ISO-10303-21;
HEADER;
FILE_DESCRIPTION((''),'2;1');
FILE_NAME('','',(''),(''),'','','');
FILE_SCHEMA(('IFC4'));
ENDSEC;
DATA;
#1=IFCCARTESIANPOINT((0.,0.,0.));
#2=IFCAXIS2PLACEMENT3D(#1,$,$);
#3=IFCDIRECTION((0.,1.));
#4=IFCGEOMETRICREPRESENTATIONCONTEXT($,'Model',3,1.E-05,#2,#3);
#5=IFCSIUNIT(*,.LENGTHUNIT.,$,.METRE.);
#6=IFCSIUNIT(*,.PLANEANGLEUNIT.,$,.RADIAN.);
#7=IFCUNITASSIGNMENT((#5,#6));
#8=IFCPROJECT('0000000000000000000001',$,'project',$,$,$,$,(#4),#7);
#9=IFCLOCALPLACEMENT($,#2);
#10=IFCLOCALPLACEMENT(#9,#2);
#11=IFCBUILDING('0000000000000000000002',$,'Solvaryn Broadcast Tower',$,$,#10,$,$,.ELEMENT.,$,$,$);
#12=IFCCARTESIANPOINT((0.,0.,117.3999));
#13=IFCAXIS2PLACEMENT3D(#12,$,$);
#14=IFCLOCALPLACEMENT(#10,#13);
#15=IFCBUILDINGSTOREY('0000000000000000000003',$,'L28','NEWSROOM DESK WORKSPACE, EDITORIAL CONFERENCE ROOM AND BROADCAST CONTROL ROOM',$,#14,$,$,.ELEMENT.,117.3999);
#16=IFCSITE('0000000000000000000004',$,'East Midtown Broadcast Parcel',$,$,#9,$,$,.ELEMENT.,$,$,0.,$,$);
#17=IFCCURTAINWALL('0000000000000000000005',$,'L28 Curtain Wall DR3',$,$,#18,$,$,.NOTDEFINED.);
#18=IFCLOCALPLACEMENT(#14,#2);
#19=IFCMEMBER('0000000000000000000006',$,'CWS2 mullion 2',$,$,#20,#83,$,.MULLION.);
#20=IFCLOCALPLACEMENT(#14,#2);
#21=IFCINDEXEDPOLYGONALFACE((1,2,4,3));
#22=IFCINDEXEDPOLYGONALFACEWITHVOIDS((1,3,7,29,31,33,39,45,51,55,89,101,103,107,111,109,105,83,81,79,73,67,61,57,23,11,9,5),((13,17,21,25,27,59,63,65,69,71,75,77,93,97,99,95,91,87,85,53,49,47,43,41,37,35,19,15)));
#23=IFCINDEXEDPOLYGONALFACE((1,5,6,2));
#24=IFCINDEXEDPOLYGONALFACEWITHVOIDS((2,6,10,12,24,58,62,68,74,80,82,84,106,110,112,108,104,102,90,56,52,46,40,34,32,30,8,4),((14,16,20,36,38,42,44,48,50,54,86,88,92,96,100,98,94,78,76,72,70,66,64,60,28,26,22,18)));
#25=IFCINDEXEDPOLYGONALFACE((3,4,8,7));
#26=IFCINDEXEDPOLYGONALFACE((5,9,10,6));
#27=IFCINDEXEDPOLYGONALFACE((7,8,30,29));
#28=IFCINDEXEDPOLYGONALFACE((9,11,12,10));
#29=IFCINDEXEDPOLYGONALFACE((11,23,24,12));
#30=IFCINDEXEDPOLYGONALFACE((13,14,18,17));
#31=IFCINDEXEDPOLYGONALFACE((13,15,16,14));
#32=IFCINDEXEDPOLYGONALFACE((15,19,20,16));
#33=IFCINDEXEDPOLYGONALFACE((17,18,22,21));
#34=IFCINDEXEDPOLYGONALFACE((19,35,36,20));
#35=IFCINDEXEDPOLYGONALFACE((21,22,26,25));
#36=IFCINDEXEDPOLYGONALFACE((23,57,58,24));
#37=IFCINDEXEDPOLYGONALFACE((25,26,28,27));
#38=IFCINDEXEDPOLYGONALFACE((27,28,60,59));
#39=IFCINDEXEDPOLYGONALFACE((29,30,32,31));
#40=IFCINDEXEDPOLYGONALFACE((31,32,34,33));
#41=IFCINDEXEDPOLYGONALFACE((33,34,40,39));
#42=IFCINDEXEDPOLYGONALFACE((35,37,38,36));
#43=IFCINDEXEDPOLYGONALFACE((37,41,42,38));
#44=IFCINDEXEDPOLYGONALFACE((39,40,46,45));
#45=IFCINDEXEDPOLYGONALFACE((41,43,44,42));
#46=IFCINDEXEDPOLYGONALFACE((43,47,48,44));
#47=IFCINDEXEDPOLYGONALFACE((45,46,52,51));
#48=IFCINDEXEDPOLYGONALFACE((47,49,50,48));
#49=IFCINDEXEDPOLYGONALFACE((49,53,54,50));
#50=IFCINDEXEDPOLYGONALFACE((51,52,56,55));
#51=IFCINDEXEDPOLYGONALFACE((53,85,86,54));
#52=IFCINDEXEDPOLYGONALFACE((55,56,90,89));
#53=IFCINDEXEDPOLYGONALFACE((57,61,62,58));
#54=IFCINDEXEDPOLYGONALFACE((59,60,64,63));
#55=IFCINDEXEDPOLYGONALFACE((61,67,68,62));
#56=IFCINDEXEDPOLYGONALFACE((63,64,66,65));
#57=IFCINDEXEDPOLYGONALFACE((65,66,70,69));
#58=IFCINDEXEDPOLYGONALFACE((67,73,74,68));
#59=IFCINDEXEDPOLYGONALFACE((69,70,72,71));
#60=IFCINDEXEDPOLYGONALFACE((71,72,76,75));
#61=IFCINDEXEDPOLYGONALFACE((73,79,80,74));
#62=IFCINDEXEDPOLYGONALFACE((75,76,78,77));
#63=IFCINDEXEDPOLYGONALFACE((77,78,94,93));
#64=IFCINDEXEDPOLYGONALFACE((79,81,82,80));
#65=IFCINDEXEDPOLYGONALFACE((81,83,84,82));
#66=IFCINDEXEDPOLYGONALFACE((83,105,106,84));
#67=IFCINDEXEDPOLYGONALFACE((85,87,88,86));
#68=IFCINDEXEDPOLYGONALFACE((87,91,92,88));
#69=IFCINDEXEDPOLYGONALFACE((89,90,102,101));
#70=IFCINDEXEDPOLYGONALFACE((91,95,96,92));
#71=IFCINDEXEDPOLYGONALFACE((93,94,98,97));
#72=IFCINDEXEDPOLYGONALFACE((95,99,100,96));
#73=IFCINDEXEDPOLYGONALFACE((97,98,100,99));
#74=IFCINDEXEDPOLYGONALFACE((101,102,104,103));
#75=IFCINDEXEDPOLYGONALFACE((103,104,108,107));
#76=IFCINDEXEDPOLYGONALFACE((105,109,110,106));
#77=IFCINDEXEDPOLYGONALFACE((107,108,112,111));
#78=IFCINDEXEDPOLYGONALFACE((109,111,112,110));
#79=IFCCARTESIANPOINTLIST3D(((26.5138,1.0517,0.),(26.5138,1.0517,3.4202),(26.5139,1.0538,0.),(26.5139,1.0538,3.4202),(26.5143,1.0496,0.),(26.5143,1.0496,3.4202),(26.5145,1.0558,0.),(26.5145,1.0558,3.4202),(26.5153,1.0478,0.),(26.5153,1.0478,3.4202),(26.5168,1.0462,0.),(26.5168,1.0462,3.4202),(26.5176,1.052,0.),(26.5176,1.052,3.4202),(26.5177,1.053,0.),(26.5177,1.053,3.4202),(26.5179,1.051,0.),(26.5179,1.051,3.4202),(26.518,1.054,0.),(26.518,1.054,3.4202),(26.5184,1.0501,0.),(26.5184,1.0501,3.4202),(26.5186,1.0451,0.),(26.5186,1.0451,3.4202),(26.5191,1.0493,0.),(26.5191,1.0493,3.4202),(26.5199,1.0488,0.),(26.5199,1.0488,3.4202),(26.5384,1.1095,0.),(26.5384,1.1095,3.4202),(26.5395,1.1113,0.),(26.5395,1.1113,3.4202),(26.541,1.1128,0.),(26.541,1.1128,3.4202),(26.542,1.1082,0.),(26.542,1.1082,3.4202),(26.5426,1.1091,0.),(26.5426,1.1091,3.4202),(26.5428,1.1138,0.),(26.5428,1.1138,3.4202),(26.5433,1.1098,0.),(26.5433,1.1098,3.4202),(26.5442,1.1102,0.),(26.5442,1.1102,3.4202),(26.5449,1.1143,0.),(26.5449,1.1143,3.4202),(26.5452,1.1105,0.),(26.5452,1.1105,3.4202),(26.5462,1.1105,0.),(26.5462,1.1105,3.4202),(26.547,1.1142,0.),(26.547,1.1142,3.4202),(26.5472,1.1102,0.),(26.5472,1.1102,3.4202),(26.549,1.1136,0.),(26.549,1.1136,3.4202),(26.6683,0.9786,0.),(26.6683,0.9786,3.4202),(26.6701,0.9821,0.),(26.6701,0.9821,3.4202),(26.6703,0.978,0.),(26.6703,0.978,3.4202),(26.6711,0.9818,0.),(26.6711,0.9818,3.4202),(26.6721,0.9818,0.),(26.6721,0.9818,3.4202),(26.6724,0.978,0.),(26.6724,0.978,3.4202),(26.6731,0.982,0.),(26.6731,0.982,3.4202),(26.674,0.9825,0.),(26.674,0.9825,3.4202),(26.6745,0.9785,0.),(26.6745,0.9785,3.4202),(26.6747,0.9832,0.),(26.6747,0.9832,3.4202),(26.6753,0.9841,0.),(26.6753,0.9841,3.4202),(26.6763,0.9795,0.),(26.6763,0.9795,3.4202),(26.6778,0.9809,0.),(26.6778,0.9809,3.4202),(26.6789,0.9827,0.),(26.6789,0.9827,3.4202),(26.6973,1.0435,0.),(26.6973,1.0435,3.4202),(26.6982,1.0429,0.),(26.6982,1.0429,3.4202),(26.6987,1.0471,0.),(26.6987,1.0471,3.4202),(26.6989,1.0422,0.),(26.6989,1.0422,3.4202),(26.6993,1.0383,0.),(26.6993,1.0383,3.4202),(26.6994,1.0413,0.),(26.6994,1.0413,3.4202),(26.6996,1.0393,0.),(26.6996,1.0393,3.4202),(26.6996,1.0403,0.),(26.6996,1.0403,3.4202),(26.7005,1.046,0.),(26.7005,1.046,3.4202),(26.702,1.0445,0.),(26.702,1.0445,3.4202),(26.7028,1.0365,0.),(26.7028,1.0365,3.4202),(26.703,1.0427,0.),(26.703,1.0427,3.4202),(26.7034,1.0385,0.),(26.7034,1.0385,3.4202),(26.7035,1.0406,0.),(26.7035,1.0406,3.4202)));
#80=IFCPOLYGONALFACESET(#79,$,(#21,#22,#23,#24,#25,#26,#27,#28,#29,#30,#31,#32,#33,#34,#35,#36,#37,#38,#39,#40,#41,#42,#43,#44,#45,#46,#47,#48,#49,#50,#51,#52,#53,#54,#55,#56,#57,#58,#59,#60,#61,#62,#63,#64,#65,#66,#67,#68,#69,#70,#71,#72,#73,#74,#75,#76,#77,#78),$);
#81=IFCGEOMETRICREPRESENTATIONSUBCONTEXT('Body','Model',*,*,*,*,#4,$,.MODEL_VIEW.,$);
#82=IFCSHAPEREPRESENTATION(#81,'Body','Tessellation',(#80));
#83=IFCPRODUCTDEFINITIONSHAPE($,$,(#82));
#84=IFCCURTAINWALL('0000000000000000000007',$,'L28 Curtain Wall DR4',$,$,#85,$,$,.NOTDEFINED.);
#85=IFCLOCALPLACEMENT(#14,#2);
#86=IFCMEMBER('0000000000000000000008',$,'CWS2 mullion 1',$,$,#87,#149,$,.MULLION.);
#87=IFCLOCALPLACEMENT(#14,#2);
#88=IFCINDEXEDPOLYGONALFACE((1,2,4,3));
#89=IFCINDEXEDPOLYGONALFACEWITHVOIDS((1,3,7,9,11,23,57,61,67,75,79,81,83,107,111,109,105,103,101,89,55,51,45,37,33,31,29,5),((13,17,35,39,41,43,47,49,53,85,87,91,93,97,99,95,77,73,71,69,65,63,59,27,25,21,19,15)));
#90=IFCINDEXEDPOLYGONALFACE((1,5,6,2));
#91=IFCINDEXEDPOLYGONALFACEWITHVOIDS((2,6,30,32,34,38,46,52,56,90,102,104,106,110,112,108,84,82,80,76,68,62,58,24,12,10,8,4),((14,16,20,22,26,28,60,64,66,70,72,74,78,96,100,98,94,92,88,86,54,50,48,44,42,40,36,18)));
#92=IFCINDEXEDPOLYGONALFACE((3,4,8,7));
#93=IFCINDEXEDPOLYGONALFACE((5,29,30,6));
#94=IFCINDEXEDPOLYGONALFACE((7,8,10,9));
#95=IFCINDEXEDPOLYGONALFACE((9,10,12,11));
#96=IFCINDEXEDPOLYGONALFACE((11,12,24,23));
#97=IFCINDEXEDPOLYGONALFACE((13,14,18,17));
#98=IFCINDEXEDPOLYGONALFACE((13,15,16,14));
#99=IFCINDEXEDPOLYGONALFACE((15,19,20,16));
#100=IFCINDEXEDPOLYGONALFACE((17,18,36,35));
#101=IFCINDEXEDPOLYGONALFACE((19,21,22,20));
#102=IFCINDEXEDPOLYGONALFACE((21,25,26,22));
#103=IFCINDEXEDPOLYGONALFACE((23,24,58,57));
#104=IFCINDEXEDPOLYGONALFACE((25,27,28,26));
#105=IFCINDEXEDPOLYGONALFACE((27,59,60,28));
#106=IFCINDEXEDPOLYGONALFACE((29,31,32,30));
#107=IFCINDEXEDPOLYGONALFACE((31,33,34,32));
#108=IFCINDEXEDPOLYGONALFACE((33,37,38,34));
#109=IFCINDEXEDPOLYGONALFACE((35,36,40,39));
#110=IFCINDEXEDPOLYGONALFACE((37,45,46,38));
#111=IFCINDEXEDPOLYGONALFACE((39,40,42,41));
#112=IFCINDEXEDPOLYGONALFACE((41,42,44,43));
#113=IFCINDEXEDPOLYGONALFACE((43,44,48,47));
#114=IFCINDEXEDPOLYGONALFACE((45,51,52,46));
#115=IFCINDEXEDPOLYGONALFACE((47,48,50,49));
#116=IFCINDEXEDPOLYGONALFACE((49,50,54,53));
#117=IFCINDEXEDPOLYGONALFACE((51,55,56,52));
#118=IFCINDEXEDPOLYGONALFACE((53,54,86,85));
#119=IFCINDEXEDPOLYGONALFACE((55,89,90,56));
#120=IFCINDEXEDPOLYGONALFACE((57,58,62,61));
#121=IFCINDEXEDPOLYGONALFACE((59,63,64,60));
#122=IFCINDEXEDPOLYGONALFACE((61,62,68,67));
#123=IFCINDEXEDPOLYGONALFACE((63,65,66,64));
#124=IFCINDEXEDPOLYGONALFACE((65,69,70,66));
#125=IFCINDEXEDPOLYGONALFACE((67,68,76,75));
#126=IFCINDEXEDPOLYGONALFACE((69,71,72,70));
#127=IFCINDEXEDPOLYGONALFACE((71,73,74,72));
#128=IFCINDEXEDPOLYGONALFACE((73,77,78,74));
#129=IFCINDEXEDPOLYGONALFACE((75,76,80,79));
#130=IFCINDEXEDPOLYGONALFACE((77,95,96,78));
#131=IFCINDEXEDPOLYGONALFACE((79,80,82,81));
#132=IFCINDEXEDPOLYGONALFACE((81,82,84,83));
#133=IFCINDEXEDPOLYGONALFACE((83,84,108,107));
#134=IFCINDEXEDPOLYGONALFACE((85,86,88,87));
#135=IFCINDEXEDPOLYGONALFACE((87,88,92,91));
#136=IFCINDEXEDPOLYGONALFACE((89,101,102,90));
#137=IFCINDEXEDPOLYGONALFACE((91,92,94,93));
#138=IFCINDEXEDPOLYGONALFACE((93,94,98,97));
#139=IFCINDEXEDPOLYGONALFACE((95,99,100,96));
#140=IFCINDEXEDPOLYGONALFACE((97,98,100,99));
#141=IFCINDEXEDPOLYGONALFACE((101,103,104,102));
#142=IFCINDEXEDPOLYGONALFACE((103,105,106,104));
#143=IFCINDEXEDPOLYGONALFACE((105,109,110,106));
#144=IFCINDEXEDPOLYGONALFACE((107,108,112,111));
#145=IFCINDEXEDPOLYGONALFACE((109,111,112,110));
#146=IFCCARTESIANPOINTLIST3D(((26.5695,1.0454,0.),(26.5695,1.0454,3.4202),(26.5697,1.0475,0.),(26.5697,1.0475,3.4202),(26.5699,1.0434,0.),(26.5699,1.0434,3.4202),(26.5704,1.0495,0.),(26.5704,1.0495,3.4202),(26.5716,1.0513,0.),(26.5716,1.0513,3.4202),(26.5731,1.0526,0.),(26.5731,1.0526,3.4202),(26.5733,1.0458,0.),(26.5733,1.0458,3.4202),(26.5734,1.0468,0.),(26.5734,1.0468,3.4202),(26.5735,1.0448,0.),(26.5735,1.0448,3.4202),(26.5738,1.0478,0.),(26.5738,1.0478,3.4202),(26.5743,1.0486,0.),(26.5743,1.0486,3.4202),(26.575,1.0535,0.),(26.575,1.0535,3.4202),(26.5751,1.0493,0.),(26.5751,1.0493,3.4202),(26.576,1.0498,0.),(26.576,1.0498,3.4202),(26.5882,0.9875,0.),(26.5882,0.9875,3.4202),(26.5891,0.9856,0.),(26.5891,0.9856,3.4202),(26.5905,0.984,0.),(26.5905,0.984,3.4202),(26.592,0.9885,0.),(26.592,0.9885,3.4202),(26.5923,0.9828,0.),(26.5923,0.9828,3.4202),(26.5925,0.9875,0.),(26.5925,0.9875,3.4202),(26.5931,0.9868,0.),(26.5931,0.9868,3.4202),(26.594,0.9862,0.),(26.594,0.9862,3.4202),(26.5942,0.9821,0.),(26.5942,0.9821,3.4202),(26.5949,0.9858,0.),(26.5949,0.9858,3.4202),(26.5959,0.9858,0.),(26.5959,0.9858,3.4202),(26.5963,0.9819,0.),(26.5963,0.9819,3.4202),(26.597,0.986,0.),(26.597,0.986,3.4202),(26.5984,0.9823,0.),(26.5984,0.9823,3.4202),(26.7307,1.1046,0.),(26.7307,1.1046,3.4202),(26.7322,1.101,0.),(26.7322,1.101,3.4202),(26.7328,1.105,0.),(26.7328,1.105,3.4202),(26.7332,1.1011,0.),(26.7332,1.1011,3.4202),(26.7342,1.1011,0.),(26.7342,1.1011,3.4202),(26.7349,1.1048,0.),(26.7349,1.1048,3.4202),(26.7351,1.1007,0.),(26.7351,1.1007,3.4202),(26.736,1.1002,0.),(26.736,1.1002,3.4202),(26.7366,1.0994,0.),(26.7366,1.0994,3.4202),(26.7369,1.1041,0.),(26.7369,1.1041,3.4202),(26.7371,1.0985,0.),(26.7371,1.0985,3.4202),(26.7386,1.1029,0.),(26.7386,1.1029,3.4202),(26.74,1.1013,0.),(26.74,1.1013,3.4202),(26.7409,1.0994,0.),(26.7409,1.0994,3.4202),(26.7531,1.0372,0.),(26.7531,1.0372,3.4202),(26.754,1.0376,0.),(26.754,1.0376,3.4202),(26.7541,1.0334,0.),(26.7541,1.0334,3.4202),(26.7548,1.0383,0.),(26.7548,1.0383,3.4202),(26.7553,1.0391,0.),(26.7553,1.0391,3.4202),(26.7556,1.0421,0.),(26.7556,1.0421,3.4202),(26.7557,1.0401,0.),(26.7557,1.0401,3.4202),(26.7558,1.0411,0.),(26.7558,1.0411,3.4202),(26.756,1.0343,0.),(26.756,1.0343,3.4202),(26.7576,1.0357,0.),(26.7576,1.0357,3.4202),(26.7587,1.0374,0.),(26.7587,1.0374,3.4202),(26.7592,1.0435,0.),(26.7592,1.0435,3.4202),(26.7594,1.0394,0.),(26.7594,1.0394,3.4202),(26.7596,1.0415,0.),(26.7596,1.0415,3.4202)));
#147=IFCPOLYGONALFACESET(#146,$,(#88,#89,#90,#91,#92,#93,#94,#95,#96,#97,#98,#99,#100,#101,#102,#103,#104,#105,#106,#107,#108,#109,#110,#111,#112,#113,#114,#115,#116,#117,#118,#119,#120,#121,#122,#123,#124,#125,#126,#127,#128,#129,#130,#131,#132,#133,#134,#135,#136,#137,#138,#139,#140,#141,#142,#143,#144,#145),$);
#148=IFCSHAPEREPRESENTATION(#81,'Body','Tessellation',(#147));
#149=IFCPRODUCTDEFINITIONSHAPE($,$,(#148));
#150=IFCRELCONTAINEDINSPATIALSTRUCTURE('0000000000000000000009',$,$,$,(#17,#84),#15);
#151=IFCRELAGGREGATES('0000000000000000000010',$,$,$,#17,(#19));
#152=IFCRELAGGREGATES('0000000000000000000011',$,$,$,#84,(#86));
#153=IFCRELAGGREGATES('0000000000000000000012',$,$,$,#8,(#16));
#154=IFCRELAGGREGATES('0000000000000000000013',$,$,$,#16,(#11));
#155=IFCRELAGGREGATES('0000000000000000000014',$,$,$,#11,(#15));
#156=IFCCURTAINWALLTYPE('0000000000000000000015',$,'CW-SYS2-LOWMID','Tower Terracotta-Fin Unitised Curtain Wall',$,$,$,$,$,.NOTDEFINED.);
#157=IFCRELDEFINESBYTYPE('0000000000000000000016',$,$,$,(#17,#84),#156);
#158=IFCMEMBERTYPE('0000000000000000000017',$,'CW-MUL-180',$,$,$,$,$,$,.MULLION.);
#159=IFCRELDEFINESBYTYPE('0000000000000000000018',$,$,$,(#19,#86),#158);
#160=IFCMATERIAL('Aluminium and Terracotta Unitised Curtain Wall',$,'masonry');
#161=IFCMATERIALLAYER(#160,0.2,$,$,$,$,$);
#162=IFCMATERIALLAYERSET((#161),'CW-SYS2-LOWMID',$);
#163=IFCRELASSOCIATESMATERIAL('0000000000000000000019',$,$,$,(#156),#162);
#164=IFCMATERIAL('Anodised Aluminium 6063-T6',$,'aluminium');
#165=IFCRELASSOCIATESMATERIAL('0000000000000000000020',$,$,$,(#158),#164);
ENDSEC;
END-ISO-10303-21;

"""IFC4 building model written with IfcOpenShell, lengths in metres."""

from ifc_helpers import new_model, si_unit, direction, frame, origin, origin_2d, place, context, subcontext, project, spatial, hollow_rectangle, extrude, material, layer, layer_set, material_profile, profile_set, type_object, element, aggregate, save


model = new_model("IFC4")

# Units and contexts
model_context = context("Model", 3, precision=1e-05, world=origin(), true_north=direction((0.0, 1.0)))
body_context = subcontext(model_context, "Body", "Model", "MODEL_VIEW")
ifc_project = project(units=[si_unit("LENGTHUNIT", "METRE"), si_unit("PLANEANGLEUNIT", "RADIAN")], contexts=[model_context])

# Site, building, storey
site_placement = place(None, origin())
site = spatial("IfcSite", under=ifc_project, at=site_placement, Name="East Midtown Broadcast Parcel", CompositionType="ELEMENT", RefElevation=0.0)
building_placement = place(site_placement, origin())
building = spatial("IfcBuilding", under=site, at=building_placement, Name="Solvaryn Broadcast Tower", CompositionType="ELEMENT")
storey_placement = place(building_placement, frame((0.0, 0.0, 117.3999)))
storey = spatial("IfcBuildingStorey", under=building, at=storey_placement, Name="L28", Description="NEWSROOM DESK WORKSPACE, EDITORIAL CONFERENCE ROOM AND BROADCAST CONTROL ROOM", CompositionType="ELEMENT", Elevation=117.3999)

# Curtain wall, member
ifc_material_1 = material(Name="Aluminium and Terracotta Unitised Curtain Wall", Category="masonry")
ifc_layer_1 = layer(ifc_material_1, 0.2)
ifc_layer_set_1 = layer_set([ifc_layer_1], Name="CW-SYS2-LOWMID")
curtain_wall_type = type_object("IfcCurtainWallType", Name="CW-SYS2-LOWMID", Description="Tower Terracotta-Fin Unitised Curtain Wall", PredefinedType="NOTDEFINED", material=ifc_layer_set_1)
curtain_wall_1_placement = place(storey_placement, origin())
curtain_wall_1 = element("IfcCurtainWall", 1, at=curtain_wall_1_placement, inside=storey, type_object=curtain_wall_type, Name="L28 Curtain Wall DR3", PredefinedType="NOTDEFINED")
ifc_material_2 = material(Name="Anodised Aluminium 6063-T6", Category="aluminium")
ifc_material_profile_1 = material_profile(ifc_material_2, hollow_rectangle(XDim=0.075, YDim=0.1799, WallThickness=0.0039, InnerFilletRadius=0.0039, OuterFilletRadius=0.0081, at=origin_2d()))
ifc_profile_set_1 = profile_set([ifc_material_profile_1], Name="Anodised Aluminium 6063-T6")
member_type_1 = type_object("IfcMemberType", Name="CW-MUL-180", PredefinedType="MULLION", material=ifc_profile_set_1)
member_1_placement = place(storey_placement, frame((26.6086, 1.0461, 0.0), z_axis=(0.0, 0.0, 1.0), x_axis=(0.405918, 0.913909, 0.0)))
member_1 = element("IfcMember", 2, at=member_1_placement, type_object=member_type_1, Name="CWS2 mullion 2", PredefinedType="MULLION", context=body_context, shape_type="SweptSolid", body=[
    extrude(hollow_rectangle(XDim=0.075, YDim=0.1799, WallThickness=0.0039, InnerFilletRadius=0.0039, OuterFilletRadius=0.0081, at=origin_2d()), origin(), (0.0, 0.0, 1.0), 3.4202),
])
aggregate(curtain_wall_1, [member_1])

# Curtain wall, member
curtain_wall_2_placement = place(storey_placement, origin())
curtain_wall_2 = element("IfcCurtainWall", 3, at=curtain_wall_2_placement, inside=storey, type_object=curtain_wall_type, Name="L28 Curtain Wall DR4", PredefinedType="NOTDEFINED")
member_2_placement = place(storey_placement, frame((26.6646, 1.0435, 0.0), z_axis=(0.0, 0.0, 1.0), x_axis=(-0.311646, 0.950198, 0.0)))
member_2 = element("IfcMember", 4, at=member_2_placement, type_object=member_type_1, Name="CWS2 mullion 1", PredefinedType="MULLION", context=body_context, shape_type="SweptSolid", body=[
    extrude(hollow_rectangle(XDim=0.075, YDim=0.1799, WallThickness=0.0039, InnerFilletRadius=0.0039, OuterFilletRadius=0.0081, at=origin_2d()), origin(), (0.0, 0.0, 1.0), 3.4202),
])
aggregate(curtain_wall_2, [member_2])

save(model, "model.ifc")
